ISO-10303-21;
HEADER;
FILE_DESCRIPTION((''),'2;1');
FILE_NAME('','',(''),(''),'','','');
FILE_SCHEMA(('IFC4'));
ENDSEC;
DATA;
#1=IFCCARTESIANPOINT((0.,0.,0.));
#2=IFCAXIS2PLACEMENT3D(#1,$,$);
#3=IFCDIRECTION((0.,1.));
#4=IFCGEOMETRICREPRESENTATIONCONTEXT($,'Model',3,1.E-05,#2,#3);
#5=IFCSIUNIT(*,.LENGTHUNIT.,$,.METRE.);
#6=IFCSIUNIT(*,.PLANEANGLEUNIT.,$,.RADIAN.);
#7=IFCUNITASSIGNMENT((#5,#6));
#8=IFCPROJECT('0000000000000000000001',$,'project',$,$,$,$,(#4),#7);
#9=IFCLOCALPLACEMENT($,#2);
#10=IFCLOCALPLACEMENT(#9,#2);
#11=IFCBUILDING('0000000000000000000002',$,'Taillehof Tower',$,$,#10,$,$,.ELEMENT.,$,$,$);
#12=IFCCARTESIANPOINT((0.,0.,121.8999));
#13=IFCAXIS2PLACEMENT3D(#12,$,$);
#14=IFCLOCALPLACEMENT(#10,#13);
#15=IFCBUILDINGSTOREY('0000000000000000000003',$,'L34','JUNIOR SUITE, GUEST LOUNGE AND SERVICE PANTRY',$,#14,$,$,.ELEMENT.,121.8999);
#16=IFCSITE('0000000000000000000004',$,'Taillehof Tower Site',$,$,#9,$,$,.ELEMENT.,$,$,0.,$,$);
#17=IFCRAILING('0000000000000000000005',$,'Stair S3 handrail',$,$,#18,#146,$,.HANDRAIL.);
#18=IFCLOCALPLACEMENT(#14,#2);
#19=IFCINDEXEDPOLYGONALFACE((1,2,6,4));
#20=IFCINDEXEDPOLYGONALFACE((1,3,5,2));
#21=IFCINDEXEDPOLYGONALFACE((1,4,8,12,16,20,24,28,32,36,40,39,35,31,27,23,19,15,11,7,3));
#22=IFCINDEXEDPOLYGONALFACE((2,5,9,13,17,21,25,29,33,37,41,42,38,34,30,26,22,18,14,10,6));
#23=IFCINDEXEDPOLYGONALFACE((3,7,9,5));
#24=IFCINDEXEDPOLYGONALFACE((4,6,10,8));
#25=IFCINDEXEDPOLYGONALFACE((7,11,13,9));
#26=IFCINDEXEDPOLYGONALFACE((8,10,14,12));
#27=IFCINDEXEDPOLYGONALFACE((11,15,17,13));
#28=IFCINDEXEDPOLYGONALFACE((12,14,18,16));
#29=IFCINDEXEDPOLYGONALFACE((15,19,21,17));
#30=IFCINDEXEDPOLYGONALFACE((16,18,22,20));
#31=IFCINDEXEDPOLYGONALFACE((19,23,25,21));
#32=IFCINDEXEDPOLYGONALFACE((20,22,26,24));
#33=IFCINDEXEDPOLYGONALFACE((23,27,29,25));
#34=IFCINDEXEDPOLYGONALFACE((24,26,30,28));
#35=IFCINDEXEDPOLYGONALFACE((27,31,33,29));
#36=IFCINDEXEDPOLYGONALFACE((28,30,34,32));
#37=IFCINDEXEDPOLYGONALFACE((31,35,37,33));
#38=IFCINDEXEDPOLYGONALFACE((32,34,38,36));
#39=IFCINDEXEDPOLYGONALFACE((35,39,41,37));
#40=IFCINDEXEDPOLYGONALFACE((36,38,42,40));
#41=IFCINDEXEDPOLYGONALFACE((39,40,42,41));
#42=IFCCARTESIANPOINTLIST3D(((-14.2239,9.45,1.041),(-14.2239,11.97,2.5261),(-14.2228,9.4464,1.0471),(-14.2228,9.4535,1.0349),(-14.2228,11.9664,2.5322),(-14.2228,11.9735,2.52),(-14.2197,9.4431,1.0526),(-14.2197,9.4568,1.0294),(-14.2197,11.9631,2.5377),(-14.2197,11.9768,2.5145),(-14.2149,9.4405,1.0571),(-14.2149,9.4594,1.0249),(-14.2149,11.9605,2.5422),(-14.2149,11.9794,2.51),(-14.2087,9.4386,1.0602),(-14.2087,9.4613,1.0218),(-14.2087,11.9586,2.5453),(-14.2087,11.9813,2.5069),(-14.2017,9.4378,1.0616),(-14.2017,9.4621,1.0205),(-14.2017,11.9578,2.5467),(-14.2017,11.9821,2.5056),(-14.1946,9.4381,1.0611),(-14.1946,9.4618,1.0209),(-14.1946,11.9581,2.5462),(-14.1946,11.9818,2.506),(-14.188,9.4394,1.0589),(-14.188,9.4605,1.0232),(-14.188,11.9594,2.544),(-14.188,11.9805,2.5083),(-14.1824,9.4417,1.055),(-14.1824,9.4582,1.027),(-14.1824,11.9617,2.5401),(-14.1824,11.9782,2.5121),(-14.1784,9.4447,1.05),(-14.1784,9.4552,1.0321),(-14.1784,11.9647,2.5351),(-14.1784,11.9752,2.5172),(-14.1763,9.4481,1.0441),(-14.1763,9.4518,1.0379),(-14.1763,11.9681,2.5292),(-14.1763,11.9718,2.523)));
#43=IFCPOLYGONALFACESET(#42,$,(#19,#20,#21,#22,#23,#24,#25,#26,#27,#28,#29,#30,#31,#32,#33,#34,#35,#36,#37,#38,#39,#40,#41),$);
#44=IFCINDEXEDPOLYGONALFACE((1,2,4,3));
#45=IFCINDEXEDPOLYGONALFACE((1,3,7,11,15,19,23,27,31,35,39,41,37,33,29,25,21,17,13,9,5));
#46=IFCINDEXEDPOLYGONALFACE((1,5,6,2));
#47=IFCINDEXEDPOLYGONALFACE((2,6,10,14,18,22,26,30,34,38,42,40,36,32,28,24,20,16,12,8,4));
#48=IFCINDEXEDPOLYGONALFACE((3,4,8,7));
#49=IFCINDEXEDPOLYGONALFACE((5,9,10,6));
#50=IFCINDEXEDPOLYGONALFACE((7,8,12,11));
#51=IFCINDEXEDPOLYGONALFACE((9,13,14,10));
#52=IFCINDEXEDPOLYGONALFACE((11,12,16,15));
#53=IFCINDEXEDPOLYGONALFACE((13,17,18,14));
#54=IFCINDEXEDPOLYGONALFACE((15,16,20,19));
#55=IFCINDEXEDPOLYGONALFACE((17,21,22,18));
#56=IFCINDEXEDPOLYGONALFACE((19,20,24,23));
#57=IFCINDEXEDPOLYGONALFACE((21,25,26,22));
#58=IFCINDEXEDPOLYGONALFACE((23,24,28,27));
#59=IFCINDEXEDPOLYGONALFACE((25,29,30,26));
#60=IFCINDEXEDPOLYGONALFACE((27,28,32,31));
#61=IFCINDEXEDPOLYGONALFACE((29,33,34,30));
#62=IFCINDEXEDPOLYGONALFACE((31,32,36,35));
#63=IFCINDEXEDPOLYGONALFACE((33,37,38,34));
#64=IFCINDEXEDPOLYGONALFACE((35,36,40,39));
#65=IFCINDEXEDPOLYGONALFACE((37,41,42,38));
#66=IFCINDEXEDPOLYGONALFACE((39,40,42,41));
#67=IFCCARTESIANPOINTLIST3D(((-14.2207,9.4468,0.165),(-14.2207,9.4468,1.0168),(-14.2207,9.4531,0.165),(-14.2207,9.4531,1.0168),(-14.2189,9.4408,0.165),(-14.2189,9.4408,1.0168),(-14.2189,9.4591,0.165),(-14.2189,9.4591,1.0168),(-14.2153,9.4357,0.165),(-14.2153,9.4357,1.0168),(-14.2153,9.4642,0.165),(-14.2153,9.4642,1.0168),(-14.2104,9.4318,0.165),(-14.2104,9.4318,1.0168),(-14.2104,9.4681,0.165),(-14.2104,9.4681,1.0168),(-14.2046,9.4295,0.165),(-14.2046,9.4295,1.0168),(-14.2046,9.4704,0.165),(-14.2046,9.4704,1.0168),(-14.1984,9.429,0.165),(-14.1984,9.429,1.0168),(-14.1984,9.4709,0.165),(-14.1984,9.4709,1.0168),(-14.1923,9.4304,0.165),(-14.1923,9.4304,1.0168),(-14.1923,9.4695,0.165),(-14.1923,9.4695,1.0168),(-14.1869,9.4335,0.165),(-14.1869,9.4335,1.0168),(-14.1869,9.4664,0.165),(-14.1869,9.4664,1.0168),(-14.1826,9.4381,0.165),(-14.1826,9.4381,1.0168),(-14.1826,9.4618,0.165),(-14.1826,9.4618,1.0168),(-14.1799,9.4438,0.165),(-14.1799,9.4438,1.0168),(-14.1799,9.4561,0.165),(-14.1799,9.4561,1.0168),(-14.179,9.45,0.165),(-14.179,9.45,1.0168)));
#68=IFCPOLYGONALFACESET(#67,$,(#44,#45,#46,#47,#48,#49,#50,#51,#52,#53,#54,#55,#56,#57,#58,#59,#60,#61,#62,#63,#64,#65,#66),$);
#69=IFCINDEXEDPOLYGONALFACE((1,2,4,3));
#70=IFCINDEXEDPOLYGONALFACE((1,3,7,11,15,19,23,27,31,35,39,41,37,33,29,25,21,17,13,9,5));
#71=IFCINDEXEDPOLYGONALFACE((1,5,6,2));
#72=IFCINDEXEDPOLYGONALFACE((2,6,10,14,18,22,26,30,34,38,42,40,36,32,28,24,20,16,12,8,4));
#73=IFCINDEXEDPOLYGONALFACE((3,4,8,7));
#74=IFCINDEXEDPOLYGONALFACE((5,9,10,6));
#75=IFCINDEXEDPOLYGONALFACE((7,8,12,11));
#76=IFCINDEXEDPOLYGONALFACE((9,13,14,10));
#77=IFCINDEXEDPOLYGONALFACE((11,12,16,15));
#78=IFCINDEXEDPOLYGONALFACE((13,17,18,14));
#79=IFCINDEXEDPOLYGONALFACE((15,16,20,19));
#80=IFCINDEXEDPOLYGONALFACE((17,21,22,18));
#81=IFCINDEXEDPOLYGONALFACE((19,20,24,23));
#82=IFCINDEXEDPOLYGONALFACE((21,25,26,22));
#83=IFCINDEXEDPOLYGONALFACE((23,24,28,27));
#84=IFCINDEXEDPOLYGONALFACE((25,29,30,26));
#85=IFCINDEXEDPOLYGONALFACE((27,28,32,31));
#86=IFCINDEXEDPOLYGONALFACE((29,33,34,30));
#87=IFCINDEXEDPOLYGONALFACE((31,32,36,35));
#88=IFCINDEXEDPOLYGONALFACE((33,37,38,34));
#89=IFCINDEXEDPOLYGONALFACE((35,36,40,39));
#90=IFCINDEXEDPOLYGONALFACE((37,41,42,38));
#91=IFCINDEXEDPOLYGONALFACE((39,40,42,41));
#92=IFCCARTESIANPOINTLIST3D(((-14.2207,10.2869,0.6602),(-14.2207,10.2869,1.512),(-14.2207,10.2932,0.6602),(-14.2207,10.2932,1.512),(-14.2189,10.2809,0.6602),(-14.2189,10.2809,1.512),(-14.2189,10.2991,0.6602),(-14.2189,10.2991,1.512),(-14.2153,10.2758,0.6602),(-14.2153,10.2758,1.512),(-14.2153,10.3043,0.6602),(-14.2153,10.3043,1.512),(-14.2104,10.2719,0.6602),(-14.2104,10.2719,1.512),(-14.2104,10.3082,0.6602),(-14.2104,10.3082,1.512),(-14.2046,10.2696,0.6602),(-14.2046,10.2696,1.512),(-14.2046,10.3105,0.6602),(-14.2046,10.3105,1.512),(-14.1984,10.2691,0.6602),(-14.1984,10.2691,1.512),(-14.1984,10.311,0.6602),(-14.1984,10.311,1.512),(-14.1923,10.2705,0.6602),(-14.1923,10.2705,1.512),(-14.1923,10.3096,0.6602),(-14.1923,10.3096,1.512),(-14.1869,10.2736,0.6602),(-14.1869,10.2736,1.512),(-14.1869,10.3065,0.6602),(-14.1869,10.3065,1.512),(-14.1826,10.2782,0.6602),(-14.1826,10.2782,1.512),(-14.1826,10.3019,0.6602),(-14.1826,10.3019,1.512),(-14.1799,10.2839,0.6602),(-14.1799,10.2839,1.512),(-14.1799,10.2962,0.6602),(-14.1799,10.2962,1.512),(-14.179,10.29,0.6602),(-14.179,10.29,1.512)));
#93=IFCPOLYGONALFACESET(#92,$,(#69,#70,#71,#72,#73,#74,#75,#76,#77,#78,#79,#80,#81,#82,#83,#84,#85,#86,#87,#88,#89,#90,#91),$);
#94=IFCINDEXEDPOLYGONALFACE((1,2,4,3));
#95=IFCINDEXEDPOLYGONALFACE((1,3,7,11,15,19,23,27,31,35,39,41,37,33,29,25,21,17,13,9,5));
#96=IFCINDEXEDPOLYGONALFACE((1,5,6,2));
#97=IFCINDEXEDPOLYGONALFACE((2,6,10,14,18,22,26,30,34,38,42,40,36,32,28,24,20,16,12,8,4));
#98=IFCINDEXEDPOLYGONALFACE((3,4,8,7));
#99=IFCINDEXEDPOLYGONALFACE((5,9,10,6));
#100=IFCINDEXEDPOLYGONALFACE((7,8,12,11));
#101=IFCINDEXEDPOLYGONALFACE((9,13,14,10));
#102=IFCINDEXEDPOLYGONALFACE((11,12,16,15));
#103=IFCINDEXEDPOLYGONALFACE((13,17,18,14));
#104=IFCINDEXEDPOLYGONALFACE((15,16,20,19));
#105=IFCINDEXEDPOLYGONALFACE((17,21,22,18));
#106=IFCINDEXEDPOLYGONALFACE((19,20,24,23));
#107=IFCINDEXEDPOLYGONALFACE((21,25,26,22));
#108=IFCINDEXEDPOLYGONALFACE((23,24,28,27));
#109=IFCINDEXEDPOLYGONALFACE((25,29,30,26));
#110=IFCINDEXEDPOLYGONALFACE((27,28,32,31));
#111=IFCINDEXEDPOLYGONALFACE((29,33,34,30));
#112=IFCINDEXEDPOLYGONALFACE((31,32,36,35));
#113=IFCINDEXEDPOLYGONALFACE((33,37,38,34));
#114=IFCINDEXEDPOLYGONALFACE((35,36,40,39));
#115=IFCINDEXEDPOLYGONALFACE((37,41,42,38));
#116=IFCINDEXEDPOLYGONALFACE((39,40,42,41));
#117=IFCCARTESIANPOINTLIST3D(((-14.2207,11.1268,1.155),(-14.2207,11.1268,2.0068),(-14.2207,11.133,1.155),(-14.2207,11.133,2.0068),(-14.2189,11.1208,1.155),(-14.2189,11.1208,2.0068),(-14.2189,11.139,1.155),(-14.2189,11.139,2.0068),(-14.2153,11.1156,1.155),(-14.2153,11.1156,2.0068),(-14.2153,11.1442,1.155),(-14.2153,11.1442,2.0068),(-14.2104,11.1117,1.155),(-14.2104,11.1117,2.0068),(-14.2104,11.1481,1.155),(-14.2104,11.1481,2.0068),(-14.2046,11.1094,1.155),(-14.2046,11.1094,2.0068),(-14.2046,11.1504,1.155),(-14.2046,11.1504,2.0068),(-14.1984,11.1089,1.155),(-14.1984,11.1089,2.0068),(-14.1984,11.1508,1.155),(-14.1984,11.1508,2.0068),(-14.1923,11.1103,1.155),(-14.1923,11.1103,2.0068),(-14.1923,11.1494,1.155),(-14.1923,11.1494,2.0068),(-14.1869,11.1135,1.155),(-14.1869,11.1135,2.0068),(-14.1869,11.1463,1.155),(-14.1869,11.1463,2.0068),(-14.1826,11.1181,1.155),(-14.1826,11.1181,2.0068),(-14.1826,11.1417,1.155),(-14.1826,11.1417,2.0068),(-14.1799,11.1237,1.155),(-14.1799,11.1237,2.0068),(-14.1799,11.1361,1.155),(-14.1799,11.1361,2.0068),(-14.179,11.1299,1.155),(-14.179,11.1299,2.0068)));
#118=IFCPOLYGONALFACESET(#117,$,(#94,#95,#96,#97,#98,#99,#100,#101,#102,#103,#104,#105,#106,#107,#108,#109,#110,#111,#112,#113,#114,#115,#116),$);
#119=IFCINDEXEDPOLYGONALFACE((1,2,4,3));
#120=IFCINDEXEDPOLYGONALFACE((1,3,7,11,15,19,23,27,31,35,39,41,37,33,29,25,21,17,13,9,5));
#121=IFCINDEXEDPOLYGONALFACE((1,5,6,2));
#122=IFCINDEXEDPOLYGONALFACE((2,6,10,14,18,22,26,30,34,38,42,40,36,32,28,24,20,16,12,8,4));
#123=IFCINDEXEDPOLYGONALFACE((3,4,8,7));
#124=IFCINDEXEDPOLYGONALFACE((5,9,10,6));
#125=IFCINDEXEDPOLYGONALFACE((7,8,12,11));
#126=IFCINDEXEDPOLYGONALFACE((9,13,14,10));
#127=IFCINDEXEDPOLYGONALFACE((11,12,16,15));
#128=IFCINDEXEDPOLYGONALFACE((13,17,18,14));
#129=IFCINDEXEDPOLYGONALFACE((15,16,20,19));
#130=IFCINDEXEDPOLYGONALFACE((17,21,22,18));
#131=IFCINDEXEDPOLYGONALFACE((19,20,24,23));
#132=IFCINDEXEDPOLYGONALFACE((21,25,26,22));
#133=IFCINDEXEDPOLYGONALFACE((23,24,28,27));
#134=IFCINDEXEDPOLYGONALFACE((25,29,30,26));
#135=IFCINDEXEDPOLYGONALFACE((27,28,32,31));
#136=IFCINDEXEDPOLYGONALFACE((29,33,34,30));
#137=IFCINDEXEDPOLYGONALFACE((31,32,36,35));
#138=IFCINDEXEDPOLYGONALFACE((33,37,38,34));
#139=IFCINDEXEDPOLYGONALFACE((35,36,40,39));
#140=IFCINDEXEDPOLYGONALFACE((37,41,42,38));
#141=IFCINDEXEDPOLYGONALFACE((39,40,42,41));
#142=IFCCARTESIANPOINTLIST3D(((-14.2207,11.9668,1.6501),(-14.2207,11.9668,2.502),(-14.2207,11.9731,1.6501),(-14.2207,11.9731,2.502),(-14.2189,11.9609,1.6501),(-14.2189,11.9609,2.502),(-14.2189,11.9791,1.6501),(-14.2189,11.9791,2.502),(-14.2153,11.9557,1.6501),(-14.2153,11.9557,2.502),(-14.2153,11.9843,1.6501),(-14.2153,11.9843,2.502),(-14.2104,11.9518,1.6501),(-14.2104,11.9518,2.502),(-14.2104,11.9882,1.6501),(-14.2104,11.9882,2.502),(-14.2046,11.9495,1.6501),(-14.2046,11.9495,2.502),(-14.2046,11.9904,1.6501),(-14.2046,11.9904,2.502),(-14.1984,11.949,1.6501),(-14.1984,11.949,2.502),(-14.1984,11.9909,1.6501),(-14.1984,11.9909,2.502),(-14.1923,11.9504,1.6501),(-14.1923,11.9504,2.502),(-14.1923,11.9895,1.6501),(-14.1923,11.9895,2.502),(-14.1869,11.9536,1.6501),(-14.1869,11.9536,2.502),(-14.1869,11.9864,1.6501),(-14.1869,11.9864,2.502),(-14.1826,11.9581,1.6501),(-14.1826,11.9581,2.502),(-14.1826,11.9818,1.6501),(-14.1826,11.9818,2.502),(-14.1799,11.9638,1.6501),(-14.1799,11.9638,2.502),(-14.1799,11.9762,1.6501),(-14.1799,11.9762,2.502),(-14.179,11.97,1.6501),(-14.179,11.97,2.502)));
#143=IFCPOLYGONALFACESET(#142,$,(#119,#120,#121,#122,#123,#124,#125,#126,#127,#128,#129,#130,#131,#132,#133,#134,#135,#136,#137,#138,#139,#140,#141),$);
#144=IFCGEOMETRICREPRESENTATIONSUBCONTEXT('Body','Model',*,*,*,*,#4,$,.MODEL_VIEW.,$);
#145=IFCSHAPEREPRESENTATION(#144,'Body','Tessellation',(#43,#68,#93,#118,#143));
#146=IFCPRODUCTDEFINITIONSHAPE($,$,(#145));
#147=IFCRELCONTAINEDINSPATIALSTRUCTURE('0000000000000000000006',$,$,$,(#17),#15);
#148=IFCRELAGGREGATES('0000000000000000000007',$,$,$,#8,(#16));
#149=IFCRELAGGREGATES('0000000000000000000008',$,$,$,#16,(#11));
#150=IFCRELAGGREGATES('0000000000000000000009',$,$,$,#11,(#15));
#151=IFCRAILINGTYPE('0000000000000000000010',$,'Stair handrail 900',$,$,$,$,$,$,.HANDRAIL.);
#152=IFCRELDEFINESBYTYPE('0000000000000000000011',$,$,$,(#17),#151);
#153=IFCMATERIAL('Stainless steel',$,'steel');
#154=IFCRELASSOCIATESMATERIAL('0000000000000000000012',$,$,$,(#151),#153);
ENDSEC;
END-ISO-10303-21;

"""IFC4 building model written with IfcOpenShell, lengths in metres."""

from ifc_helpers import new_model, si_unit, direction, frame, origin, origin_2d, place, context, subcontext, project, spatial, circle, extrude, material, type_object, element, save


model = new_model("IFC4")

# Units and contexts
model_context = context("Model", 3, precision=1e-05, world=origin(), true_north=direction((0.0, 1.0)))
body_context = subcontext(model_context, "Body", "Model", "MODEL_VIEW")
ifc_project = project(units=[si_unit("LENGTHUNIT", "METRE"), si_unit("PLANEANGLEUNIT", "RADIAN")], contexts=[model_context])

# Site, building, storey
site_placement = place(None, origin())
site = spatial("IfcSite", under=ifc_project, at=site_placement, Name="Taillehof Tower Site", CompositionType="ELEMENT", RefElevation=0.0)
building_placement = place(site_placement, origin())
building = spatial("IfcBuilding", under=site, at=building_placement, Name="Taillehof Tower", CompositionType="ELEMENT")
storey_placement = place(building_placement, frame((0.0, 0.0, 121.8999)))
storey = spatial("IfcBuildingStorey", under=building, at=storey_placement, Name="L34", Description="JUNIOR SUITE, GUEST LOUNGE AND SERVICE PANTRY", CompositionType="ELEMENT", Elevation=121.8999)

# Railing
ifc_material_1 = material(Name="Stainless steel", Category="steel")
railing_type_1 = type_object("IfcRailingType", Name="Stair handrail 900", PredefinedType="HANDRAIL", material=ifc_material_1)
railing_1_placement = place(storey_placement, frame((-14.2, 9.45, 0.165)))
element("IfcRailing", 1, at=railing_1_placement, inside=storey, type_object=railing_type_1, Name="Stair S3 handrail", PredefinedType="HANDRAIL", context=body_context, shape_type="SweptSolid", body=[
    extrude(circle(Radius=0.0239, at=origin_2d()), frame((0.0, 0.0, 0.876), z_axis=(0.0, 0.861524, 0.507717), x_axis=(-1.0, 0.0, 0.0)), (0.0, 0.0, 1.0), 2.925),
    extrude(circle(Radius=0.021, at=origin_2d()), origin(), (0.0, 0.0, 1.0), 0.8518),
    extrude(circle(Radius=0.021, at=origin_2d()), frame((0.0, 0.8401, 0.4951)), (0.0, 0.0, 1.0), 0.8518),
    extrude(circle(Radius=0.021, at=origin_2d()), frame((0.0, 1.6799, 0.99)), (0.0, 0.0, 1.0), 0.8518),
    extrude(circle(Radius=0.021, at=origin_2d()), frame((0.0, 2.52, 1.4851)), (0.0, 0.0, 1.0), 0.8518),
])

save(model, "model.ifc")
